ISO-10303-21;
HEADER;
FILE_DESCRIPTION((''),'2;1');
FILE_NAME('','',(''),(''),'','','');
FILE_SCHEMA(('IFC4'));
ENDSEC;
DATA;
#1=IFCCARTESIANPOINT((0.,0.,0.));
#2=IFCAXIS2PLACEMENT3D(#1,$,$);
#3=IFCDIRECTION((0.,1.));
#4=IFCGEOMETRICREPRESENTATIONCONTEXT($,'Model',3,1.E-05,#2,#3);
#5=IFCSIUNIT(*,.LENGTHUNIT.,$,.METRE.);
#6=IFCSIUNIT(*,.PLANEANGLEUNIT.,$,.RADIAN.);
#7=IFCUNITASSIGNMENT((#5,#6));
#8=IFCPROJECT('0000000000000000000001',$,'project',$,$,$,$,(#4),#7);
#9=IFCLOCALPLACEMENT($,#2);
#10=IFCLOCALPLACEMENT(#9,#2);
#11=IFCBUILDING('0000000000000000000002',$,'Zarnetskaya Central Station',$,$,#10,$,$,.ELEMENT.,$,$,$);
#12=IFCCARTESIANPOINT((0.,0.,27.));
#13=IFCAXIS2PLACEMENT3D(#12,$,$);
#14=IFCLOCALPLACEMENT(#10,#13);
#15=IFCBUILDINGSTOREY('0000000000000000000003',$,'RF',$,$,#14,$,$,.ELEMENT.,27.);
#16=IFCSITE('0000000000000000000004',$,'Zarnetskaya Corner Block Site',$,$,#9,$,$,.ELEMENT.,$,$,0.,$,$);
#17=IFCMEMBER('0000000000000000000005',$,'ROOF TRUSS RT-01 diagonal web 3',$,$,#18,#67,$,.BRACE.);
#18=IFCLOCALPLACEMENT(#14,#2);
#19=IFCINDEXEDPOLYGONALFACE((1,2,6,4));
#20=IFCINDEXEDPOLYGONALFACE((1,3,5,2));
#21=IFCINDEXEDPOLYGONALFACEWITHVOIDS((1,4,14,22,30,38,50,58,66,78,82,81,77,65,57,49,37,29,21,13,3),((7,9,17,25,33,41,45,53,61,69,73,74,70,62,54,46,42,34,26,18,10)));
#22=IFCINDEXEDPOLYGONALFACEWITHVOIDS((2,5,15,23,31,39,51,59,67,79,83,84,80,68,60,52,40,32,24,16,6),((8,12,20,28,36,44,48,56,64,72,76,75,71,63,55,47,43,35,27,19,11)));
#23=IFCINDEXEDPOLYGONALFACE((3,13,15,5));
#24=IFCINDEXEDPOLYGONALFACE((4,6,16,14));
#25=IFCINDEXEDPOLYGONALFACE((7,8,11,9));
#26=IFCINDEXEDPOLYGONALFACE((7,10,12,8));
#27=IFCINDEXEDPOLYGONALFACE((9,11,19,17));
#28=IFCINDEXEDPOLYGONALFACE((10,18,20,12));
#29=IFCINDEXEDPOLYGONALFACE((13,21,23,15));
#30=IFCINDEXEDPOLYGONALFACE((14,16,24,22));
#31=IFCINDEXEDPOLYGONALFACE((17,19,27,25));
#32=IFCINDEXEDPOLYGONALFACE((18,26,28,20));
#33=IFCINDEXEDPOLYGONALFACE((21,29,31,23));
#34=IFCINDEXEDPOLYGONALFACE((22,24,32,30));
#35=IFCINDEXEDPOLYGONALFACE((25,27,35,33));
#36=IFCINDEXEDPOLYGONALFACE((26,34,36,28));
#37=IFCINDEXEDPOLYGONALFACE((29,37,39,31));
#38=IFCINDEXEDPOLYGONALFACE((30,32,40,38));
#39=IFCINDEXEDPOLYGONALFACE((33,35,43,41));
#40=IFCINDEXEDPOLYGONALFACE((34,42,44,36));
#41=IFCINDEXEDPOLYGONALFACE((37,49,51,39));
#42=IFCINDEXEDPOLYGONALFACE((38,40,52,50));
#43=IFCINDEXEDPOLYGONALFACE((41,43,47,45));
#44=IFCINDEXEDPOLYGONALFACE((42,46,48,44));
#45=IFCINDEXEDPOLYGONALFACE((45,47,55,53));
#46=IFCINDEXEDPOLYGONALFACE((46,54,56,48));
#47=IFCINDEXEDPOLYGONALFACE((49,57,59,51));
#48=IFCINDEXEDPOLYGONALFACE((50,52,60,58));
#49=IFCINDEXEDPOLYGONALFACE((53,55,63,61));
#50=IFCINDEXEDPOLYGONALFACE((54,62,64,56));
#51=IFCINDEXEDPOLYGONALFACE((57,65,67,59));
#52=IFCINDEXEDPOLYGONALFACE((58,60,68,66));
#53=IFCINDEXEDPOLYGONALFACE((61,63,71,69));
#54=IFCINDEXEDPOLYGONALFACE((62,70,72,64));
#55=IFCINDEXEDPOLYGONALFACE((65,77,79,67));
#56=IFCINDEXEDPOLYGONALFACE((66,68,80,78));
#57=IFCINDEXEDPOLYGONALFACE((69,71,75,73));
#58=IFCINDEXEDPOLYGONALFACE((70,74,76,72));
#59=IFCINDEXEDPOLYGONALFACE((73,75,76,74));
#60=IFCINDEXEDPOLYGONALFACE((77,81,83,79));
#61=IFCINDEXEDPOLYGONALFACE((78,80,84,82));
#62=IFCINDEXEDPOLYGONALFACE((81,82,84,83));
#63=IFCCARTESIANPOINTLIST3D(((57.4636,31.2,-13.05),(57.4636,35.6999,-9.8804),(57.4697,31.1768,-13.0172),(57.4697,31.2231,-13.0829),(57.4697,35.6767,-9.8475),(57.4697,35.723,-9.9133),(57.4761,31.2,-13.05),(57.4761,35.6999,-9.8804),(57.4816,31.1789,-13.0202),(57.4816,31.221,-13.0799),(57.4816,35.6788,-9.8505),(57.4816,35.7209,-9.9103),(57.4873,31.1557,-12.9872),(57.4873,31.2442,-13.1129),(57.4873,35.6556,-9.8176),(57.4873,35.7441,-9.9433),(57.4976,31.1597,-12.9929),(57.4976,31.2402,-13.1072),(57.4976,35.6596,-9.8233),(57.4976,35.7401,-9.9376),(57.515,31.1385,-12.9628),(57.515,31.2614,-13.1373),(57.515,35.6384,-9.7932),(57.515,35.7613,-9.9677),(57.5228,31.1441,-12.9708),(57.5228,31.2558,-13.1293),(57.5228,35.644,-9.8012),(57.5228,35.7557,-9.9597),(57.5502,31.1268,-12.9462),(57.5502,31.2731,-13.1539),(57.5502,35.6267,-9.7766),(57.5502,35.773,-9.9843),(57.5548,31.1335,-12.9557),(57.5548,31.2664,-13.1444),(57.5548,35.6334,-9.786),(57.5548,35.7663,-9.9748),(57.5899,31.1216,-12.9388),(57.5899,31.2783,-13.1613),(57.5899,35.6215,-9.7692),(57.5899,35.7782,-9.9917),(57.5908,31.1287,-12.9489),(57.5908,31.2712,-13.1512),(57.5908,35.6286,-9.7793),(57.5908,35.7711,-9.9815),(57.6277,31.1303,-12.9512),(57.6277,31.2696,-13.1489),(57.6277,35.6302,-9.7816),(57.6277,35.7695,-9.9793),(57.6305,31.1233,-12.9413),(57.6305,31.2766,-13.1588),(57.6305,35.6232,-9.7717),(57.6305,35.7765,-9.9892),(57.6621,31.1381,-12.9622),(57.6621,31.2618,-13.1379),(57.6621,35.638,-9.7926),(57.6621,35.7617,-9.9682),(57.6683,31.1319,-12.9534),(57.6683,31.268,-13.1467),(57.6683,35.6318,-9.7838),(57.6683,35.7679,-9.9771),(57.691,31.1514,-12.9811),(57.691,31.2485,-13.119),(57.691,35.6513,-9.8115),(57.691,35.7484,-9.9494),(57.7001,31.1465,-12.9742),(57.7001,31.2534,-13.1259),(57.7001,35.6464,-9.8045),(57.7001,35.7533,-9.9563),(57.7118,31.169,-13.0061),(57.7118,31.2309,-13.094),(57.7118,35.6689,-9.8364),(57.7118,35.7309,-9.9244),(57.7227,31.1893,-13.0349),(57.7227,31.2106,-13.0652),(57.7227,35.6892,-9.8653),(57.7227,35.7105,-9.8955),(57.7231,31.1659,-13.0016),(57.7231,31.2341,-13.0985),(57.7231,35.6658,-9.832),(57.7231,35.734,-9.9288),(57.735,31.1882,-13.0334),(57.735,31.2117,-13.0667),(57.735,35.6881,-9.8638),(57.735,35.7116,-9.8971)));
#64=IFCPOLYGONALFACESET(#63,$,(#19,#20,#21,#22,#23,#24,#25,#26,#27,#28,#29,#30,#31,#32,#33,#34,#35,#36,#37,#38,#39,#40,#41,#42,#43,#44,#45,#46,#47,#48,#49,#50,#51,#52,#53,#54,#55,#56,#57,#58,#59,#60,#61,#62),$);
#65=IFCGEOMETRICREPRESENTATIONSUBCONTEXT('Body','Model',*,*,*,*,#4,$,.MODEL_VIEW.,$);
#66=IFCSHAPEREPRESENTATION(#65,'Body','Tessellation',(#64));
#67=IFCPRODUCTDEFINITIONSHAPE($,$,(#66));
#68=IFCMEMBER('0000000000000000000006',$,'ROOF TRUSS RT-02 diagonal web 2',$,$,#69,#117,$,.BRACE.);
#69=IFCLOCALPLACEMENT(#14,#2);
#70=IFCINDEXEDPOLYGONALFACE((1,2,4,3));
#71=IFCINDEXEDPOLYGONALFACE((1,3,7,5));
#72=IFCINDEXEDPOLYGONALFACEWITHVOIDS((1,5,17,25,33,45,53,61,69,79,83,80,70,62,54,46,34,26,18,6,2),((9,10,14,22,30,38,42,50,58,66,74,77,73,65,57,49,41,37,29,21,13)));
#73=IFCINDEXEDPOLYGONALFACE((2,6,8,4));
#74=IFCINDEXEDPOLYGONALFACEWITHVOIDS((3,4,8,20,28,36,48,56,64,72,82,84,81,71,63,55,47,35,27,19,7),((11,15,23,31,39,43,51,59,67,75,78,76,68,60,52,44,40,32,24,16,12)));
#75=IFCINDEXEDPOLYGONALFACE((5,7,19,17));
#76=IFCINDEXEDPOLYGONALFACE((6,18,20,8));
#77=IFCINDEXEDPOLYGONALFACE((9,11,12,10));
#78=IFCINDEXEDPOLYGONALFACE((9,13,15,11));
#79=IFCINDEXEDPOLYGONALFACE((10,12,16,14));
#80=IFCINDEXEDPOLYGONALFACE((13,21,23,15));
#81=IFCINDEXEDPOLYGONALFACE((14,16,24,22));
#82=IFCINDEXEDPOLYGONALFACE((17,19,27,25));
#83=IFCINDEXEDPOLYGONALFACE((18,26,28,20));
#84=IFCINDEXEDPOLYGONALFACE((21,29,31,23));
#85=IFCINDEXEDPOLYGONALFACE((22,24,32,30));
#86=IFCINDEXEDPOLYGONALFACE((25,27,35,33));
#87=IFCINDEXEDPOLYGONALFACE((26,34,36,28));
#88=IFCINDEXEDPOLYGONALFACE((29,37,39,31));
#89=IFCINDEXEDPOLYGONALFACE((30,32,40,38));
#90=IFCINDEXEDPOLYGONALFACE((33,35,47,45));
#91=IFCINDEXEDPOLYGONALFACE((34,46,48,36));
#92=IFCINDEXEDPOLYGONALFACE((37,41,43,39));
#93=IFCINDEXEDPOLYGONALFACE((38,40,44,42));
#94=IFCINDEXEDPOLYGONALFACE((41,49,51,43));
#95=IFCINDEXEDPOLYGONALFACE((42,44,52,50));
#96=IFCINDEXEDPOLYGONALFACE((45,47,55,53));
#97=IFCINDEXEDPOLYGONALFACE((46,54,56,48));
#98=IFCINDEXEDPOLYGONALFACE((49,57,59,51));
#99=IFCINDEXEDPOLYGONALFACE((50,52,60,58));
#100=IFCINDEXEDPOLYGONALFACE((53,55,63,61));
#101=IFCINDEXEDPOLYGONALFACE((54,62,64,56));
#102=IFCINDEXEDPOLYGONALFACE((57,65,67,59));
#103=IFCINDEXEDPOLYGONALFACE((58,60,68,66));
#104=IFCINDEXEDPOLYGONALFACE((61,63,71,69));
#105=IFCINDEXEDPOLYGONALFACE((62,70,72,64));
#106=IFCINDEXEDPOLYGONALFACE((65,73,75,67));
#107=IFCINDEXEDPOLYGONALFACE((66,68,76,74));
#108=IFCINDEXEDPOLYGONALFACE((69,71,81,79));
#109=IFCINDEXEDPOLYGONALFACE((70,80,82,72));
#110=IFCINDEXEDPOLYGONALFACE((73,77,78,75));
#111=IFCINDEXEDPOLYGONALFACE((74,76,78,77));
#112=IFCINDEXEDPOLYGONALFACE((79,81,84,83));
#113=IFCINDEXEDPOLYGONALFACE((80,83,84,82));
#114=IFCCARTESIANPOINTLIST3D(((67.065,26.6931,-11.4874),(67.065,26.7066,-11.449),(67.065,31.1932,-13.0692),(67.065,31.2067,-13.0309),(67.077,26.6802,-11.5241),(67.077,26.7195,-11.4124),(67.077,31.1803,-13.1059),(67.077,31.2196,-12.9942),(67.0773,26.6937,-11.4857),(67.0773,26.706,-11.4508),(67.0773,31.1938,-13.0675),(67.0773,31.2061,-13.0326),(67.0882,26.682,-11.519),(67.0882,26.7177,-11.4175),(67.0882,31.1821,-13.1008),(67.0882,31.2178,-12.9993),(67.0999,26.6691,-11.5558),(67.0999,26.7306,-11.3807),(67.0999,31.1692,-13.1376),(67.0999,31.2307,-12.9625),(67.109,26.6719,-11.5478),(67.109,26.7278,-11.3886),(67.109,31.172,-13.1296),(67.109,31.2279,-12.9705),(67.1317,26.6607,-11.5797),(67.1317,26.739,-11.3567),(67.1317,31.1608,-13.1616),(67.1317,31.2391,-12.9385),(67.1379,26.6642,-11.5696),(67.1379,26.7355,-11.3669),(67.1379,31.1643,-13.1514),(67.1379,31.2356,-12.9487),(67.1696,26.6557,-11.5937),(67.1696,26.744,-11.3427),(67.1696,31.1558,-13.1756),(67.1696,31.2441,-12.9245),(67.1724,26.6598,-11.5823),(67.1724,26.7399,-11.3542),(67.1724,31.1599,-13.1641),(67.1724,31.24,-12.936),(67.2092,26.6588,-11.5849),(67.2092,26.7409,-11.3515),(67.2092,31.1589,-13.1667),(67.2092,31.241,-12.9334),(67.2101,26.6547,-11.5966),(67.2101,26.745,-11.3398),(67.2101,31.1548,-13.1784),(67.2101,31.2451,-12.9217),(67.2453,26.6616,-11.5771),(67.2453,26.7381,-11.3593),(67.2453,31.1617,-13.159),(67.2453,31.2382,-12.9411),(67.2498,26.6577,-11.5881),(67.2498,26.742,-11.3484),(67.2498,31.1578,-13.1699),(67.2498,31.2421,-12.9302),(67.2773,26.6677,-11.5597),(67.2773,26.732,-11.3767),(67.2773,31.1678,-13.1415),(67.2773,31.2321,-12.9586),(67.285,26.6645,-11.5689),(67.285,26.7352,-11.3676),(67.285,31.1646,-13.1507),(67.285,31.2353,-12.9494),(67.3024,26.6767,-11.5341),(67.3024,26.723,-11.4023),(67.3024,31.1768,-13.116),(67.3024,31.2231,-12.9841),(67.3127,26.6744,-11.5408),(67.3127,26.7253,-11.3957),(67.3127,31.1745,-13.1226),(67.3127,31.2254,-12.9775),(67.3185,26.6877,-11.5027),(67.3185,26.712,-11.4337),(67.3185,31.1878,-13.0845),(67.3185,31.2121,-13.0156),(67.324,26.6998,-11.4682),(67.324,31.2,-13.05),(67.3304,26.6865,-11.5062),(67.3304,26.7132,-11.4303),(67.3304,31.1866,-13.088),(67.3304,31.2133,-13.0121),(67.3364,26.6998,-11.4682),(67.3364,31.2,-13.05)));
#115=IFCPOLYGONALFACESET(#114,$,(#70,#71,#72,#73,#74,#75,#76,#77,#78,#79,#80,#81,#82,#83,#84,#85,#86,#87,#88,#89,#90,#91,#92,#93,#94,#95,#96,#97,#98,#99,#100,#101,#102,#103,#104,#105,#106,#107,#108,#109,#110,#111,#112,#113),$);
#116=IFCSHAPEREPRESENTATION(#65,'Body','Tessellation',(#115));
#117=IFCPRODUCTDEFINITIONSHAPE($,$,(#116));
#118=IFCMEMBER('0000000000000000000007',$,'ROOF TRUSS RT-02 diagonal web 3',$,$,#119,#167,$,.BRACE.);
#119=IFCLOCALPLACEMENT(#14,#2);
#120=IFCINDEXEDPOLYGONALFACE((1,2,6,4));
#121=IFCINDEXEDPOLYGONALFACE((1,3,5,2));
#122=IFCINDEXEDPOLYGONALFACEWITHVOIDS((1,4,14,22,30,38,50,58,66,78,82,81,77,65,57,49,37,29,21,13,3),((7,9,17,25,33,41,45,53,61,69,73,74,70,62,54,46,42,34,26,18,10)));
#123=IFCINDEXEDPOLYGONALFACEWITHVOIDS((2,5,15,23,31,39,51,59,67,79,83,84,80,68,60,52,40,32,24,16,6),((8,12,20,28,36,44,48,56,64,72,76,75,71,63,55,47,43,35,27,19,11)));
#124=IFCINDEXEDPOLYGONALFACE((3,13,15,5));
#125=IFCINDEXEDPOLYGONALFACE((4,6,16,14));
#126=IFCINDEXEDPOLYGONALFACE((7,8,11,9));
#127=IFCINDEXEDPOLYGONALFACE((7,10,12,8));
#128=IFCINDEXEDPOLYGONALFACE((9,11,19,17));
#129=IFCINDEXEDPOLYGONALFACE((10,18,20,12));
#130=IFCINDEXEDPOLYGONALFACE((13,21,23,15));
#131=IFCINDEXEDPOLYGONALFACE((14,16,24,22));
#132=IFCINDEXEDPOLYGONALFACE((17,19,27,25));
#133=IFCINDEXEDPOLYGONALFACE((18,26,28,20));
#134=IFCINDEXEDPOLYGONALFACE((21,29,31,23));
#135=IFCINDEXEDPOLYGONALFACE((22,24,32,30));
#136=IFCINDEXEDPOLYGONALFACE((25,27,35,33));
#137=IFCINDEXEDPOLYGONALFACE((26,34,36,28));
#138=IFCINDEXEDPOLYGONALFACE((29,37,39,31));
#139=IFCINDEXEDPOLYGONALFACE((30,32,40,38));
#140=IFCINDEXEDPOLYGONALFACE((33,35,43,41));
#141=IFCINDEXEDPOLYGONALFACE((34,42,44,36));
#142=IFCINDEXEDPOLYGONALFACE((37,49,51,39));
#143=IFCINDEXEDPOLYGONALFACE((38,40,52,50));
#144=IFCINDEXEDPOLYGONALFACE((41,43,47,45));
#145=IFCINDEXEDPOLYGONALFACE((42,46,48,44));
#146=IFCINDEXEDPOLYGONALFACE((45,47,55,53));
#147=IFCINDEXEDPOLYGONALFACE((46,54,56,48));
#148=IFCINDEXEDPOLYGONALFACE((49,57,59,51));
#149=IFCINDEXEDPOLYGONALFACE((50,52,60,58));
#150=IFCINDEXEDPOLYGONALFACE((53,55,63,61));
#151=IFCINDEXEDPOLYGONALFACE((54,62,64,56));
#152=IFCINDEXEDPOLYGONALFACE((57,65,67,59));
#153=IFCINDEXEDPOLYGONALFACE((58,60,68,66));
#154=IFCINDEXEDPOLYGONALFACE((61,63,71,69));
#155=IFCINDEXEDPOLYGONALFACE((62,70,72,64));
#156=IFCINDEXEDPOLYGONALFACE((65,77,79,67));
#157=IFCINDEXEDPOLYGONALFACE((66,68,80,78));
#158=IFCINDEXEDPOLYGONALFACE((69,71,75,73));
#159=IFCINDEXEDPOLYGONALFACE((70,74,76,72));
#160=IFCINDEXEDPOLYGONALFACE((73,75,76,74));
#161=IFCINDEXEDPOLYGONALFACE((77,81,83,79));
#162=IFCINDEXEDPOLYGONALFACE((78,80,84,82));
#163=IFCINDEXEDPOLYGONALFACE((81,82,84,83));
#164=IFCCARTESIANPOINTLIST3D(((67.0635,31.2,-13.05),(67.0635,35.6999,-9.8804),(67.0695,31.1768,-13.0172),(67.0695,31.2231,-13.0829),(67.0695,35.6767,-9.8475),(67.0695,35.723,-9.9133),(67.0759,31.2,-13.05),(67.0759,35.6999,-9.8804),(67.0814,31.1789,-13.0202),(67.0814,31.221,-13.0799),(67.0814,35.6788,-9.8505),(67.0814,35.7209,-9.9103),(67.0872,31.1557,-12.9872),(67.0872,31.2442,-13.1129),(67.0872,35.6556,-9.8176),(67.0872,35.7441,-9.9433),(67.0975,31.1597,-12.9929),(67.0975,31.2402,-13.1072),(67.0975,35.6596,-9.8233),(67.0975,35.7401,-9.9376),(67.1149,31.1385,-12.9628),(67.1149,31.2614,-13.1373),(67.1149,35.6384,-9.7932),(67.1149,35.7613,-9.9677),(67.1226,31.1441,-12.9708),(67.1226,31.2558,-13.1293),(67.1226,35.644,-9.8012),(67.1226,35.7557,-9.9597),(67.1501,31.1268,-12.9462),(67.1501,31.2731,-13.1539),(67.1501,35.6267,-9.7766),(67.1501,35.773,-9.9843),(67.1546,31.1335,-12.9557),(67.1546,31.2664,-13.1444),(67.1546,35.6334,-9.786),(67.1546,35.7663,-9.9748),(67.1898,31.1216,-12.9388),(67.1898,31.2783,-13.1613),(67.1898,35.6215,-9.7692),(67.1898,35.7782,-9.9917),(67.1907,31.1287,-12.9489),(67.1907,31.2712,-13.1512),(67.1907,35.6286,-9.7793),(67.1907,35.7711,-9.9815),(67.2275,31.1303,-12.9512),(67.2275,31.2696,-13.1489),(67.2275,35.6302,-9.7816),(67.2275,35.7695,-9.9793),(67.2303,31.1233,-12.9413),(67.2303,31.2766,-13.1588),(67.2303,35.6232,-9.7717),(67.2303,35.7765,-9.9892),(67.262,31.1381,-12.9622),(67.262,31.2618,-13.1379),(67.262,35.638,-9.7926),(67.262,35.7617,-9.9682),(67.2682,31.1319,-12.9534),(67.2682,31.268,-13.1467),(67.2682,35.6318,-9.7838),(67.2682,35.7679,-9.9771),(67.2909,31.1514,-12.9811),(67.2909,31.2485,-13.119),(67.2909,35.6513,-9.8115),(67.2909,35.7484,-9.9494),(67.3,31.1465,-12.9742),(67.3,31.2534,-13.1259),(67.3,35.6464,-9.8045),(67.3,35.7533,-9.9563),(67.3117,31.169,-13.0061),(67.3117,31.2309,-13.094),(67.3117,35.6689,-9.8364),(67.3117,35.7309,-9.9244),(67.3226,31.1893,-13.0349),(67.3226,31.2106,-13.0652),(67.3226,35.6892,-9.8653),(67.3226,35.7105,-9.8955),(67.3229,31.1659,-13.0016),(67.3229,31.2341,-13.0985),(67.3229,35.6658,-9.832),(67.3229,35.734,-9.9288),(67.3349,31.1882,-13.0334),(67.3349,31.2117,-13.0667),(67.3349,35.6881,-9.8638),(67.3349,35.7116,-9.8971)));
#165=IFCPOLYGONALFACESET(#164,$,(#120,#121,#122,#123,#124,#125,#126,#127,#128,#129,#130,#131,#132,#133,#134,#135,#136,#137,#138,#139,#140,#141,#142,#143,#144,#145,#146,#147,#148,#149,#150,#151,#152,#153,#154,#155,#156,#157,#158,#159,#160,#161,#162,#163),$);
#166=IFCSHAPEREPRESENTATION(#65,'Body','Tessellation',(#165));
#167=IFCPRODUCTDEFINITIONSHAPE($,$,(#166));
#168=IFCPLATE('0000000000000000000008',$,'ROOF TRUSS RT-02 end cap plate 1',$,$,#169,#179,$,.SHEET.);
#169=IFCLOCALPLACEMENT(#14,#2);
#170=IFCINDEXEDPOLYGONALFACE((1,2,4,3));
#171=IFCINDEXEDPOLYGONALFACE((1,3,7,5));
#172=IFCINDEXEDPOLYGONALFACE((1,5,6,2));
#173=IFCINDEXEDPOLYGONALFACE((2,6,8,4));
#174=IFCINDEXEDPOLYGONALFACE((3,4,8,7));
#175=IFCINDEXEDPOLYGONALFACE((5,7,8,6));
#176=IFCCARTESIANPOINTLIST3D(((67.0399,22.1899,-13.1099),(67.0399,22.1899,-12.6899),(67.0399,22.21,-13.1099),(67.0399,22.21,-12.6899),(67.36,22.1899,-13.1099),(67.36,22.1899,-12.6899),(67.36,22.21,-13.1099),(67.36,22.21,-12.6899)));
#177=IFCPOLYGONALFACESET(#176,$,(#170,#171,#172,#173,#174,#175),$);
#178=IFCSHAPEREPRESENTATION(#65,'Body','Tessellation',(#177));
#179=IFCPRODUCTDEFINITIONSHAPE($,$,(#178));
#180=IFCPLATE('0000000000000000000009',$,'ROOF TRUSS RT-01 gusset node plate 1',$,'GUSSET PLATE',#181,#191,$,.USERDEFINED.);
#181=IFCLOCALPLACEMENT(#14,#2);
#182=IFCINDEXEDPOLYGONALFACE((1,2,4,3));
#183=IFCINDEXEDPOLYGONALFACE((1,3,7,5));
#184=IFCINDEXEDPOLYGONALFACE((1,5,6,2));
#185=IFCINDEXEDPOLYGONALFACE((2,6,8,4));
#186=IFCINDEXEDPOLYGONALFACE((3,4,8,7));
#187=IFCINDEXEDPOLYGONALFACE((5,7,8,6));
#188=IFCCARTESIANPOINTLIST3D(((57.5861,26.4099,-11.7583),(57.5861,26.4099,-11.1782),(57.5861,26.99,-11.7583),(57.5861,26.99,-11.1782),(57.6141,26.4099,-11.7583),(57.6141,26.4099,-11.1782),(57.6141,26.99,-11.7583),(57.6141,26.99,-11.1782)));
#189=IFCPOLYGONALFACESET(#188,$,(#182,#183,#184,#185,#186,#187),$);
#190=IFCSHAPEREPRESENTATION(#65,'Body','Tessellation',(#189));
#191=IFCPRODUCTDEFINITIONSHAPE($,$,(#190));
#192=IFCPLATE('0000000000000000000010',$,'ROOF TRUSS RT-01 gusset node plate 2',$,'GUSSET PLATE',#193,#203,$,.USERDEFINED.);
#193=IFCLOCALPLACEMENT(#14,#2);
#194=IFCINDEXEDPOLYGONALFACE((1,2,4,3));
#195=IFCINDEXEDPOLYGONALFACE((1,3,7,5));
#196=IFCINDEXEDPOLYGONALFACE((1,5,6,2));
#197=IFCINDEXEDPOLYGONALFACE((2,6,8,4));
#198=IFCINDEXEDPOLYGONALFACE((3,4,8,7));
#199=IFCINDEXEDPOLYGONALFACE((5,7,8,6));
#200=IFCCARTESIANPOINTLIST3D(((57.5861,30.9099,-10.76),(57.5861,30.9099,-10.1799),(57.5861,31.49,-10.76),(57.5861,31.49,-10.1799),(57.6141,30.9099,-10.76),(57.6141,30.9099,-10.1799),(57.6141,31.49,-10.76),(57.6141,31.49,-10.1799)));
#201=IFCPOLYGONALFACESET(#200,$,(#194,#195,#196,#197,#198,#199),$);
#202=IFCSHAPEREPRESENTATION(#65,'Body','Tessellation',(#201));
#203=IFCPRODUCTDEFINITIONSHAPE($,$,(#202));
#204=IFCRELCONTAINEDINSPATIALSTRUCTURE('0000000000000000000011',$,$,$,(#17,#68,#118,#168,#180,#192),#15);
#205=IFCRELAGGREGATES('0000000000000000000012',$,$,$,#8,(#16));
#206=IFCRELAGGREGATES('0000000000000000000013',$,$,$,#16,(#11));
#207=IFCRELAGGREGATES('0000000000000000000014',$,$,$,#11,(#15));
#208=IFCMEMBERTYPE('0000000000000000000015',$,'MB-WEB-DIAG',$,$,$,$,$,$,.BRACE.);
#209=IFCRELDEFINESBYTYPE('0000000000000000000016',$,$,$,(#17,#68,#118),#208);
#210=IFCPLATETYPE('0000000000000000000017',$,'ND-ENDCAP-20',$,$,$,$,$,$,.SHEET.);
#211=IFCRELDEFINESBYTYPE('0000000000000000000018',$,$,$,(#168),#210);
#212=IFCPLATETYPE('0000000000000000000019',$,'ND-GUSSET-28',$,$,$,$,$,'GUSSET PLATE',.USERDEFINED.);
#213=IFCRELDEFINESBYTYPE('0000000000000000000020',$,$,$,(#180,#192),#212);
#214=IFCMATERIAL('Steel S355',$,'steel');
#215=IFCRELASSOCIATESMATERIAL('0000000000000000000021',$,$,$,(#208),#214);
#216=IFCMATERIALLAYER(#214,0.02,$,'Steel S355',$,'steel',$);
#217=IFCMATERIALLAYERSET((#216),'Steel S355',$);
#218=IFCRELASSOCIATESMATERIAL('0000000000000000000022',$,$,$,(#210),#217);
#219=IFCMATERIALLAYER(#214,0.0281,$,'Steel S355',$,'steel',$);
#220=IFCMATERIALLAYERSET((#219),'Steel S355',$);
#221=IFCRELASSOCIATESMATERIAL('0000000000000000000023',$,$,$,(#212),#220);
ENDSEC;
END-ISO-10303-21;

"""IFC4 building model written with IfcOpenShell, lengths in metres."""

from ifc_helpers import new_model, si_unit, direction, frame, origin, origin_2d, place, context, subcontext, project, spatial, rectangle, hollow_circle, extrude, material, layer, layer_set, material_profile, profile_set, type_object, element, save


model = new_model("IFC4")

# Units and contexts
model_context = context("Model", 3, precision=1e-05, world=origin(), true_north=direction((0.0, 1.0)))
body_context = subcontext(model_context, "Body", "Model", "MODEL_VIEW")
ifc_project = project(units=[si_unit("LENGTHUNIT", "METRE"), si_unit("PLANEANGLEUNIT", "RADIAN")], contexts=[model_context])

# Site, building, storey
site_placement = place(None, origin())
site = spatial("IfcSite", under=ifc_project, at=site_placement, Name="Zarnetskaya Corner Block Site", CompositionType="ELEMENT", RefElevation=0.0)
building_placement = place(site_placement, origin())
building = spatial("IfcBuilding", under=site, at=building_placement, Name="Zarnetskaya Central Station", CompositionType="ELEMENT")
storey_placement = place(building_placement, frame((0.0, 0.0, 27.0)))
storey = spatial("IfcBuildingStorey", under=building, at=storey_placement, Name="RF", CompositionType="ELEMENT", Elevation=27.0)

# Shared definitions
ifc_material_1 = material(Name="Steel S355", Category="steel")

# Members
ifc_material_profile_1 = material_profile(ifc_material_1, hollow_circle(Radius=0.1365, WallThickness=0.0125, at=origin_2d()), Name="CHS 273x12.5")
ifc_profile_set_1 = profile_set([ifc_material_profile_1], Name="Steel S355")
member_type_1 = type_object("IfcMemberType", Name="MB-WEB-DIAG", PredefinedType="BRACE", material=ifc_profile_set_1)
member_1_placement = place(storey_placement, frame((57.6001, 31.2, -13.05), z_axis=(0.0, 0.817549, 0.575859), x_axis=(-1.0, 0.0, 0.0)))
element("IfcMember", 1, at=member_1_placement, inside=storey, type_object=member_type_1, Name="ROOF TRUSS RT-01 diagonal web 3", PredefinedType="BRACE", context=body_context, shape_type="SweptSolid", body=[
    extrude(hollow_circle(Radius=0.1365, WallThickness=0.0125, at=origin_2d()), origin(), (0.0, 0.0, 1.0), 5.5042),
])
member_2_placement = place(storey_placement, frame((67.2, 31.2, -13.05), z_axis=(0.0, -0.943414, 0.331618), x_axis=(1.0, 0.0, 0.0)))
element("IfcMember", 2, at=member_2_placement, inside=storey, type_object=member_type_1, Name="ROOF TRUSS RT-02 diagonal web 2", PredefinedType="BRACE", context=body_context, shape_type="SweptSolid", body=[
    extrude(hollow_circle(Radius=0.1365, WallThickness=0.0125, at=origin_2d()), origin(), (0.0, 0.0, 1.0), 4.77),
])
member_3_placement = place(storey_placement, frame((67.2, 31.2, -13.05), z_axis=(0.0, 0.817549, 0.575859), x_axis=(-1.0, 0.0, 0.0)))
element("IfcMember", 3, at=member_3_placement, inside=storey, type_object=member_type_1, Name="ROOF TRUSS RT-02 diagonal web 3", PredefinedType="BRACE", context=body_context, shape_type="SweptSolid", body=[
    extrude(hollow_circle(Radius=0.1365, WallThickness=0.0125, at=origin_2d()), origin(), (0.0, 0.0, 1.0), 5.5042),
])

# Plates
ifc_layer_1 = layer(ifc_material_1, 0.02, Name="Steel S355", Category="steel")
ifc_layer_set_1 = layer_set([ifc_layer_1], Name="Steel S355")
plate_type_1 = type_object("IfcPlateType", Name="ND-ENDCAP-20", PredefinedType="SHEET", material=ifc_layer_set_1)
plate_1_placement = place(storey_placement, frame((67.2, 22.2, -13.1099), z_axis=(0.0, 0.0, 1.0), x_axis=(1.0, 0.0, 0.0)))
element("IfcPlate", 4, at=plate_1_placement, inside=storey, type_object=plate_type_1, Name="ROOF TRUSS RT-02 end cap plate 1", PredefinedType="SHEET", context=body_context, shape_type="SweptSolid", body=[
    extrude(rectangle(XDim=0.3201, YDim=0.02, at=origin_2d()), origin(), (0.0, 0.0, 1.0), 0.4199),
])
ifc_layer_2 = layer(ifc_material_1, 0.0281, Name="Steel S355", Category="steel")
ifc_layer_set_2 = layer_set([ifc_layer_2], Name="Steel S355")
plate_type_2 = type_object("IfcPlateType", Name="ND-GUSSET-28", ElementType="GUSSET PLATE", PredefinedType="USERDEFINED", material=ifc_layer_set_2)
for number, where, z_axis, x_axis, name in (
    (5, (57.6001, 26.7, -11.7583), (0.0, 0.0, 1.0), (1.0, 0.0, 0.0), "ROOF TRUSS RT-01 gusset node plate 1"),
    (6, (57.6001, 31.2, -10.76), (0.0, 0.0, 1.0), (1.0, 0.0, 0.0), "ROOF TRUSS RT-01 gusset node plate 2"),
):
    element("IfcPlate", number, at=place(storey_placement, frame(where, z_axis=z_axis, x_axis=x_axis)), inside=storey, type_object=plate_type_2, Name=name, ObjectType="GUSSET PLATE", PredefinedType="USERDEFINED", context=body_context, shape_type="SweptSolid", body=[
        extrude(rectangle(XDim=0.0281, YDim=0.5801, at=origin_2d()), origin(), (0.0, 0.0, 1.0), 0.5801),
    ])

save(model, "model.ifc")
